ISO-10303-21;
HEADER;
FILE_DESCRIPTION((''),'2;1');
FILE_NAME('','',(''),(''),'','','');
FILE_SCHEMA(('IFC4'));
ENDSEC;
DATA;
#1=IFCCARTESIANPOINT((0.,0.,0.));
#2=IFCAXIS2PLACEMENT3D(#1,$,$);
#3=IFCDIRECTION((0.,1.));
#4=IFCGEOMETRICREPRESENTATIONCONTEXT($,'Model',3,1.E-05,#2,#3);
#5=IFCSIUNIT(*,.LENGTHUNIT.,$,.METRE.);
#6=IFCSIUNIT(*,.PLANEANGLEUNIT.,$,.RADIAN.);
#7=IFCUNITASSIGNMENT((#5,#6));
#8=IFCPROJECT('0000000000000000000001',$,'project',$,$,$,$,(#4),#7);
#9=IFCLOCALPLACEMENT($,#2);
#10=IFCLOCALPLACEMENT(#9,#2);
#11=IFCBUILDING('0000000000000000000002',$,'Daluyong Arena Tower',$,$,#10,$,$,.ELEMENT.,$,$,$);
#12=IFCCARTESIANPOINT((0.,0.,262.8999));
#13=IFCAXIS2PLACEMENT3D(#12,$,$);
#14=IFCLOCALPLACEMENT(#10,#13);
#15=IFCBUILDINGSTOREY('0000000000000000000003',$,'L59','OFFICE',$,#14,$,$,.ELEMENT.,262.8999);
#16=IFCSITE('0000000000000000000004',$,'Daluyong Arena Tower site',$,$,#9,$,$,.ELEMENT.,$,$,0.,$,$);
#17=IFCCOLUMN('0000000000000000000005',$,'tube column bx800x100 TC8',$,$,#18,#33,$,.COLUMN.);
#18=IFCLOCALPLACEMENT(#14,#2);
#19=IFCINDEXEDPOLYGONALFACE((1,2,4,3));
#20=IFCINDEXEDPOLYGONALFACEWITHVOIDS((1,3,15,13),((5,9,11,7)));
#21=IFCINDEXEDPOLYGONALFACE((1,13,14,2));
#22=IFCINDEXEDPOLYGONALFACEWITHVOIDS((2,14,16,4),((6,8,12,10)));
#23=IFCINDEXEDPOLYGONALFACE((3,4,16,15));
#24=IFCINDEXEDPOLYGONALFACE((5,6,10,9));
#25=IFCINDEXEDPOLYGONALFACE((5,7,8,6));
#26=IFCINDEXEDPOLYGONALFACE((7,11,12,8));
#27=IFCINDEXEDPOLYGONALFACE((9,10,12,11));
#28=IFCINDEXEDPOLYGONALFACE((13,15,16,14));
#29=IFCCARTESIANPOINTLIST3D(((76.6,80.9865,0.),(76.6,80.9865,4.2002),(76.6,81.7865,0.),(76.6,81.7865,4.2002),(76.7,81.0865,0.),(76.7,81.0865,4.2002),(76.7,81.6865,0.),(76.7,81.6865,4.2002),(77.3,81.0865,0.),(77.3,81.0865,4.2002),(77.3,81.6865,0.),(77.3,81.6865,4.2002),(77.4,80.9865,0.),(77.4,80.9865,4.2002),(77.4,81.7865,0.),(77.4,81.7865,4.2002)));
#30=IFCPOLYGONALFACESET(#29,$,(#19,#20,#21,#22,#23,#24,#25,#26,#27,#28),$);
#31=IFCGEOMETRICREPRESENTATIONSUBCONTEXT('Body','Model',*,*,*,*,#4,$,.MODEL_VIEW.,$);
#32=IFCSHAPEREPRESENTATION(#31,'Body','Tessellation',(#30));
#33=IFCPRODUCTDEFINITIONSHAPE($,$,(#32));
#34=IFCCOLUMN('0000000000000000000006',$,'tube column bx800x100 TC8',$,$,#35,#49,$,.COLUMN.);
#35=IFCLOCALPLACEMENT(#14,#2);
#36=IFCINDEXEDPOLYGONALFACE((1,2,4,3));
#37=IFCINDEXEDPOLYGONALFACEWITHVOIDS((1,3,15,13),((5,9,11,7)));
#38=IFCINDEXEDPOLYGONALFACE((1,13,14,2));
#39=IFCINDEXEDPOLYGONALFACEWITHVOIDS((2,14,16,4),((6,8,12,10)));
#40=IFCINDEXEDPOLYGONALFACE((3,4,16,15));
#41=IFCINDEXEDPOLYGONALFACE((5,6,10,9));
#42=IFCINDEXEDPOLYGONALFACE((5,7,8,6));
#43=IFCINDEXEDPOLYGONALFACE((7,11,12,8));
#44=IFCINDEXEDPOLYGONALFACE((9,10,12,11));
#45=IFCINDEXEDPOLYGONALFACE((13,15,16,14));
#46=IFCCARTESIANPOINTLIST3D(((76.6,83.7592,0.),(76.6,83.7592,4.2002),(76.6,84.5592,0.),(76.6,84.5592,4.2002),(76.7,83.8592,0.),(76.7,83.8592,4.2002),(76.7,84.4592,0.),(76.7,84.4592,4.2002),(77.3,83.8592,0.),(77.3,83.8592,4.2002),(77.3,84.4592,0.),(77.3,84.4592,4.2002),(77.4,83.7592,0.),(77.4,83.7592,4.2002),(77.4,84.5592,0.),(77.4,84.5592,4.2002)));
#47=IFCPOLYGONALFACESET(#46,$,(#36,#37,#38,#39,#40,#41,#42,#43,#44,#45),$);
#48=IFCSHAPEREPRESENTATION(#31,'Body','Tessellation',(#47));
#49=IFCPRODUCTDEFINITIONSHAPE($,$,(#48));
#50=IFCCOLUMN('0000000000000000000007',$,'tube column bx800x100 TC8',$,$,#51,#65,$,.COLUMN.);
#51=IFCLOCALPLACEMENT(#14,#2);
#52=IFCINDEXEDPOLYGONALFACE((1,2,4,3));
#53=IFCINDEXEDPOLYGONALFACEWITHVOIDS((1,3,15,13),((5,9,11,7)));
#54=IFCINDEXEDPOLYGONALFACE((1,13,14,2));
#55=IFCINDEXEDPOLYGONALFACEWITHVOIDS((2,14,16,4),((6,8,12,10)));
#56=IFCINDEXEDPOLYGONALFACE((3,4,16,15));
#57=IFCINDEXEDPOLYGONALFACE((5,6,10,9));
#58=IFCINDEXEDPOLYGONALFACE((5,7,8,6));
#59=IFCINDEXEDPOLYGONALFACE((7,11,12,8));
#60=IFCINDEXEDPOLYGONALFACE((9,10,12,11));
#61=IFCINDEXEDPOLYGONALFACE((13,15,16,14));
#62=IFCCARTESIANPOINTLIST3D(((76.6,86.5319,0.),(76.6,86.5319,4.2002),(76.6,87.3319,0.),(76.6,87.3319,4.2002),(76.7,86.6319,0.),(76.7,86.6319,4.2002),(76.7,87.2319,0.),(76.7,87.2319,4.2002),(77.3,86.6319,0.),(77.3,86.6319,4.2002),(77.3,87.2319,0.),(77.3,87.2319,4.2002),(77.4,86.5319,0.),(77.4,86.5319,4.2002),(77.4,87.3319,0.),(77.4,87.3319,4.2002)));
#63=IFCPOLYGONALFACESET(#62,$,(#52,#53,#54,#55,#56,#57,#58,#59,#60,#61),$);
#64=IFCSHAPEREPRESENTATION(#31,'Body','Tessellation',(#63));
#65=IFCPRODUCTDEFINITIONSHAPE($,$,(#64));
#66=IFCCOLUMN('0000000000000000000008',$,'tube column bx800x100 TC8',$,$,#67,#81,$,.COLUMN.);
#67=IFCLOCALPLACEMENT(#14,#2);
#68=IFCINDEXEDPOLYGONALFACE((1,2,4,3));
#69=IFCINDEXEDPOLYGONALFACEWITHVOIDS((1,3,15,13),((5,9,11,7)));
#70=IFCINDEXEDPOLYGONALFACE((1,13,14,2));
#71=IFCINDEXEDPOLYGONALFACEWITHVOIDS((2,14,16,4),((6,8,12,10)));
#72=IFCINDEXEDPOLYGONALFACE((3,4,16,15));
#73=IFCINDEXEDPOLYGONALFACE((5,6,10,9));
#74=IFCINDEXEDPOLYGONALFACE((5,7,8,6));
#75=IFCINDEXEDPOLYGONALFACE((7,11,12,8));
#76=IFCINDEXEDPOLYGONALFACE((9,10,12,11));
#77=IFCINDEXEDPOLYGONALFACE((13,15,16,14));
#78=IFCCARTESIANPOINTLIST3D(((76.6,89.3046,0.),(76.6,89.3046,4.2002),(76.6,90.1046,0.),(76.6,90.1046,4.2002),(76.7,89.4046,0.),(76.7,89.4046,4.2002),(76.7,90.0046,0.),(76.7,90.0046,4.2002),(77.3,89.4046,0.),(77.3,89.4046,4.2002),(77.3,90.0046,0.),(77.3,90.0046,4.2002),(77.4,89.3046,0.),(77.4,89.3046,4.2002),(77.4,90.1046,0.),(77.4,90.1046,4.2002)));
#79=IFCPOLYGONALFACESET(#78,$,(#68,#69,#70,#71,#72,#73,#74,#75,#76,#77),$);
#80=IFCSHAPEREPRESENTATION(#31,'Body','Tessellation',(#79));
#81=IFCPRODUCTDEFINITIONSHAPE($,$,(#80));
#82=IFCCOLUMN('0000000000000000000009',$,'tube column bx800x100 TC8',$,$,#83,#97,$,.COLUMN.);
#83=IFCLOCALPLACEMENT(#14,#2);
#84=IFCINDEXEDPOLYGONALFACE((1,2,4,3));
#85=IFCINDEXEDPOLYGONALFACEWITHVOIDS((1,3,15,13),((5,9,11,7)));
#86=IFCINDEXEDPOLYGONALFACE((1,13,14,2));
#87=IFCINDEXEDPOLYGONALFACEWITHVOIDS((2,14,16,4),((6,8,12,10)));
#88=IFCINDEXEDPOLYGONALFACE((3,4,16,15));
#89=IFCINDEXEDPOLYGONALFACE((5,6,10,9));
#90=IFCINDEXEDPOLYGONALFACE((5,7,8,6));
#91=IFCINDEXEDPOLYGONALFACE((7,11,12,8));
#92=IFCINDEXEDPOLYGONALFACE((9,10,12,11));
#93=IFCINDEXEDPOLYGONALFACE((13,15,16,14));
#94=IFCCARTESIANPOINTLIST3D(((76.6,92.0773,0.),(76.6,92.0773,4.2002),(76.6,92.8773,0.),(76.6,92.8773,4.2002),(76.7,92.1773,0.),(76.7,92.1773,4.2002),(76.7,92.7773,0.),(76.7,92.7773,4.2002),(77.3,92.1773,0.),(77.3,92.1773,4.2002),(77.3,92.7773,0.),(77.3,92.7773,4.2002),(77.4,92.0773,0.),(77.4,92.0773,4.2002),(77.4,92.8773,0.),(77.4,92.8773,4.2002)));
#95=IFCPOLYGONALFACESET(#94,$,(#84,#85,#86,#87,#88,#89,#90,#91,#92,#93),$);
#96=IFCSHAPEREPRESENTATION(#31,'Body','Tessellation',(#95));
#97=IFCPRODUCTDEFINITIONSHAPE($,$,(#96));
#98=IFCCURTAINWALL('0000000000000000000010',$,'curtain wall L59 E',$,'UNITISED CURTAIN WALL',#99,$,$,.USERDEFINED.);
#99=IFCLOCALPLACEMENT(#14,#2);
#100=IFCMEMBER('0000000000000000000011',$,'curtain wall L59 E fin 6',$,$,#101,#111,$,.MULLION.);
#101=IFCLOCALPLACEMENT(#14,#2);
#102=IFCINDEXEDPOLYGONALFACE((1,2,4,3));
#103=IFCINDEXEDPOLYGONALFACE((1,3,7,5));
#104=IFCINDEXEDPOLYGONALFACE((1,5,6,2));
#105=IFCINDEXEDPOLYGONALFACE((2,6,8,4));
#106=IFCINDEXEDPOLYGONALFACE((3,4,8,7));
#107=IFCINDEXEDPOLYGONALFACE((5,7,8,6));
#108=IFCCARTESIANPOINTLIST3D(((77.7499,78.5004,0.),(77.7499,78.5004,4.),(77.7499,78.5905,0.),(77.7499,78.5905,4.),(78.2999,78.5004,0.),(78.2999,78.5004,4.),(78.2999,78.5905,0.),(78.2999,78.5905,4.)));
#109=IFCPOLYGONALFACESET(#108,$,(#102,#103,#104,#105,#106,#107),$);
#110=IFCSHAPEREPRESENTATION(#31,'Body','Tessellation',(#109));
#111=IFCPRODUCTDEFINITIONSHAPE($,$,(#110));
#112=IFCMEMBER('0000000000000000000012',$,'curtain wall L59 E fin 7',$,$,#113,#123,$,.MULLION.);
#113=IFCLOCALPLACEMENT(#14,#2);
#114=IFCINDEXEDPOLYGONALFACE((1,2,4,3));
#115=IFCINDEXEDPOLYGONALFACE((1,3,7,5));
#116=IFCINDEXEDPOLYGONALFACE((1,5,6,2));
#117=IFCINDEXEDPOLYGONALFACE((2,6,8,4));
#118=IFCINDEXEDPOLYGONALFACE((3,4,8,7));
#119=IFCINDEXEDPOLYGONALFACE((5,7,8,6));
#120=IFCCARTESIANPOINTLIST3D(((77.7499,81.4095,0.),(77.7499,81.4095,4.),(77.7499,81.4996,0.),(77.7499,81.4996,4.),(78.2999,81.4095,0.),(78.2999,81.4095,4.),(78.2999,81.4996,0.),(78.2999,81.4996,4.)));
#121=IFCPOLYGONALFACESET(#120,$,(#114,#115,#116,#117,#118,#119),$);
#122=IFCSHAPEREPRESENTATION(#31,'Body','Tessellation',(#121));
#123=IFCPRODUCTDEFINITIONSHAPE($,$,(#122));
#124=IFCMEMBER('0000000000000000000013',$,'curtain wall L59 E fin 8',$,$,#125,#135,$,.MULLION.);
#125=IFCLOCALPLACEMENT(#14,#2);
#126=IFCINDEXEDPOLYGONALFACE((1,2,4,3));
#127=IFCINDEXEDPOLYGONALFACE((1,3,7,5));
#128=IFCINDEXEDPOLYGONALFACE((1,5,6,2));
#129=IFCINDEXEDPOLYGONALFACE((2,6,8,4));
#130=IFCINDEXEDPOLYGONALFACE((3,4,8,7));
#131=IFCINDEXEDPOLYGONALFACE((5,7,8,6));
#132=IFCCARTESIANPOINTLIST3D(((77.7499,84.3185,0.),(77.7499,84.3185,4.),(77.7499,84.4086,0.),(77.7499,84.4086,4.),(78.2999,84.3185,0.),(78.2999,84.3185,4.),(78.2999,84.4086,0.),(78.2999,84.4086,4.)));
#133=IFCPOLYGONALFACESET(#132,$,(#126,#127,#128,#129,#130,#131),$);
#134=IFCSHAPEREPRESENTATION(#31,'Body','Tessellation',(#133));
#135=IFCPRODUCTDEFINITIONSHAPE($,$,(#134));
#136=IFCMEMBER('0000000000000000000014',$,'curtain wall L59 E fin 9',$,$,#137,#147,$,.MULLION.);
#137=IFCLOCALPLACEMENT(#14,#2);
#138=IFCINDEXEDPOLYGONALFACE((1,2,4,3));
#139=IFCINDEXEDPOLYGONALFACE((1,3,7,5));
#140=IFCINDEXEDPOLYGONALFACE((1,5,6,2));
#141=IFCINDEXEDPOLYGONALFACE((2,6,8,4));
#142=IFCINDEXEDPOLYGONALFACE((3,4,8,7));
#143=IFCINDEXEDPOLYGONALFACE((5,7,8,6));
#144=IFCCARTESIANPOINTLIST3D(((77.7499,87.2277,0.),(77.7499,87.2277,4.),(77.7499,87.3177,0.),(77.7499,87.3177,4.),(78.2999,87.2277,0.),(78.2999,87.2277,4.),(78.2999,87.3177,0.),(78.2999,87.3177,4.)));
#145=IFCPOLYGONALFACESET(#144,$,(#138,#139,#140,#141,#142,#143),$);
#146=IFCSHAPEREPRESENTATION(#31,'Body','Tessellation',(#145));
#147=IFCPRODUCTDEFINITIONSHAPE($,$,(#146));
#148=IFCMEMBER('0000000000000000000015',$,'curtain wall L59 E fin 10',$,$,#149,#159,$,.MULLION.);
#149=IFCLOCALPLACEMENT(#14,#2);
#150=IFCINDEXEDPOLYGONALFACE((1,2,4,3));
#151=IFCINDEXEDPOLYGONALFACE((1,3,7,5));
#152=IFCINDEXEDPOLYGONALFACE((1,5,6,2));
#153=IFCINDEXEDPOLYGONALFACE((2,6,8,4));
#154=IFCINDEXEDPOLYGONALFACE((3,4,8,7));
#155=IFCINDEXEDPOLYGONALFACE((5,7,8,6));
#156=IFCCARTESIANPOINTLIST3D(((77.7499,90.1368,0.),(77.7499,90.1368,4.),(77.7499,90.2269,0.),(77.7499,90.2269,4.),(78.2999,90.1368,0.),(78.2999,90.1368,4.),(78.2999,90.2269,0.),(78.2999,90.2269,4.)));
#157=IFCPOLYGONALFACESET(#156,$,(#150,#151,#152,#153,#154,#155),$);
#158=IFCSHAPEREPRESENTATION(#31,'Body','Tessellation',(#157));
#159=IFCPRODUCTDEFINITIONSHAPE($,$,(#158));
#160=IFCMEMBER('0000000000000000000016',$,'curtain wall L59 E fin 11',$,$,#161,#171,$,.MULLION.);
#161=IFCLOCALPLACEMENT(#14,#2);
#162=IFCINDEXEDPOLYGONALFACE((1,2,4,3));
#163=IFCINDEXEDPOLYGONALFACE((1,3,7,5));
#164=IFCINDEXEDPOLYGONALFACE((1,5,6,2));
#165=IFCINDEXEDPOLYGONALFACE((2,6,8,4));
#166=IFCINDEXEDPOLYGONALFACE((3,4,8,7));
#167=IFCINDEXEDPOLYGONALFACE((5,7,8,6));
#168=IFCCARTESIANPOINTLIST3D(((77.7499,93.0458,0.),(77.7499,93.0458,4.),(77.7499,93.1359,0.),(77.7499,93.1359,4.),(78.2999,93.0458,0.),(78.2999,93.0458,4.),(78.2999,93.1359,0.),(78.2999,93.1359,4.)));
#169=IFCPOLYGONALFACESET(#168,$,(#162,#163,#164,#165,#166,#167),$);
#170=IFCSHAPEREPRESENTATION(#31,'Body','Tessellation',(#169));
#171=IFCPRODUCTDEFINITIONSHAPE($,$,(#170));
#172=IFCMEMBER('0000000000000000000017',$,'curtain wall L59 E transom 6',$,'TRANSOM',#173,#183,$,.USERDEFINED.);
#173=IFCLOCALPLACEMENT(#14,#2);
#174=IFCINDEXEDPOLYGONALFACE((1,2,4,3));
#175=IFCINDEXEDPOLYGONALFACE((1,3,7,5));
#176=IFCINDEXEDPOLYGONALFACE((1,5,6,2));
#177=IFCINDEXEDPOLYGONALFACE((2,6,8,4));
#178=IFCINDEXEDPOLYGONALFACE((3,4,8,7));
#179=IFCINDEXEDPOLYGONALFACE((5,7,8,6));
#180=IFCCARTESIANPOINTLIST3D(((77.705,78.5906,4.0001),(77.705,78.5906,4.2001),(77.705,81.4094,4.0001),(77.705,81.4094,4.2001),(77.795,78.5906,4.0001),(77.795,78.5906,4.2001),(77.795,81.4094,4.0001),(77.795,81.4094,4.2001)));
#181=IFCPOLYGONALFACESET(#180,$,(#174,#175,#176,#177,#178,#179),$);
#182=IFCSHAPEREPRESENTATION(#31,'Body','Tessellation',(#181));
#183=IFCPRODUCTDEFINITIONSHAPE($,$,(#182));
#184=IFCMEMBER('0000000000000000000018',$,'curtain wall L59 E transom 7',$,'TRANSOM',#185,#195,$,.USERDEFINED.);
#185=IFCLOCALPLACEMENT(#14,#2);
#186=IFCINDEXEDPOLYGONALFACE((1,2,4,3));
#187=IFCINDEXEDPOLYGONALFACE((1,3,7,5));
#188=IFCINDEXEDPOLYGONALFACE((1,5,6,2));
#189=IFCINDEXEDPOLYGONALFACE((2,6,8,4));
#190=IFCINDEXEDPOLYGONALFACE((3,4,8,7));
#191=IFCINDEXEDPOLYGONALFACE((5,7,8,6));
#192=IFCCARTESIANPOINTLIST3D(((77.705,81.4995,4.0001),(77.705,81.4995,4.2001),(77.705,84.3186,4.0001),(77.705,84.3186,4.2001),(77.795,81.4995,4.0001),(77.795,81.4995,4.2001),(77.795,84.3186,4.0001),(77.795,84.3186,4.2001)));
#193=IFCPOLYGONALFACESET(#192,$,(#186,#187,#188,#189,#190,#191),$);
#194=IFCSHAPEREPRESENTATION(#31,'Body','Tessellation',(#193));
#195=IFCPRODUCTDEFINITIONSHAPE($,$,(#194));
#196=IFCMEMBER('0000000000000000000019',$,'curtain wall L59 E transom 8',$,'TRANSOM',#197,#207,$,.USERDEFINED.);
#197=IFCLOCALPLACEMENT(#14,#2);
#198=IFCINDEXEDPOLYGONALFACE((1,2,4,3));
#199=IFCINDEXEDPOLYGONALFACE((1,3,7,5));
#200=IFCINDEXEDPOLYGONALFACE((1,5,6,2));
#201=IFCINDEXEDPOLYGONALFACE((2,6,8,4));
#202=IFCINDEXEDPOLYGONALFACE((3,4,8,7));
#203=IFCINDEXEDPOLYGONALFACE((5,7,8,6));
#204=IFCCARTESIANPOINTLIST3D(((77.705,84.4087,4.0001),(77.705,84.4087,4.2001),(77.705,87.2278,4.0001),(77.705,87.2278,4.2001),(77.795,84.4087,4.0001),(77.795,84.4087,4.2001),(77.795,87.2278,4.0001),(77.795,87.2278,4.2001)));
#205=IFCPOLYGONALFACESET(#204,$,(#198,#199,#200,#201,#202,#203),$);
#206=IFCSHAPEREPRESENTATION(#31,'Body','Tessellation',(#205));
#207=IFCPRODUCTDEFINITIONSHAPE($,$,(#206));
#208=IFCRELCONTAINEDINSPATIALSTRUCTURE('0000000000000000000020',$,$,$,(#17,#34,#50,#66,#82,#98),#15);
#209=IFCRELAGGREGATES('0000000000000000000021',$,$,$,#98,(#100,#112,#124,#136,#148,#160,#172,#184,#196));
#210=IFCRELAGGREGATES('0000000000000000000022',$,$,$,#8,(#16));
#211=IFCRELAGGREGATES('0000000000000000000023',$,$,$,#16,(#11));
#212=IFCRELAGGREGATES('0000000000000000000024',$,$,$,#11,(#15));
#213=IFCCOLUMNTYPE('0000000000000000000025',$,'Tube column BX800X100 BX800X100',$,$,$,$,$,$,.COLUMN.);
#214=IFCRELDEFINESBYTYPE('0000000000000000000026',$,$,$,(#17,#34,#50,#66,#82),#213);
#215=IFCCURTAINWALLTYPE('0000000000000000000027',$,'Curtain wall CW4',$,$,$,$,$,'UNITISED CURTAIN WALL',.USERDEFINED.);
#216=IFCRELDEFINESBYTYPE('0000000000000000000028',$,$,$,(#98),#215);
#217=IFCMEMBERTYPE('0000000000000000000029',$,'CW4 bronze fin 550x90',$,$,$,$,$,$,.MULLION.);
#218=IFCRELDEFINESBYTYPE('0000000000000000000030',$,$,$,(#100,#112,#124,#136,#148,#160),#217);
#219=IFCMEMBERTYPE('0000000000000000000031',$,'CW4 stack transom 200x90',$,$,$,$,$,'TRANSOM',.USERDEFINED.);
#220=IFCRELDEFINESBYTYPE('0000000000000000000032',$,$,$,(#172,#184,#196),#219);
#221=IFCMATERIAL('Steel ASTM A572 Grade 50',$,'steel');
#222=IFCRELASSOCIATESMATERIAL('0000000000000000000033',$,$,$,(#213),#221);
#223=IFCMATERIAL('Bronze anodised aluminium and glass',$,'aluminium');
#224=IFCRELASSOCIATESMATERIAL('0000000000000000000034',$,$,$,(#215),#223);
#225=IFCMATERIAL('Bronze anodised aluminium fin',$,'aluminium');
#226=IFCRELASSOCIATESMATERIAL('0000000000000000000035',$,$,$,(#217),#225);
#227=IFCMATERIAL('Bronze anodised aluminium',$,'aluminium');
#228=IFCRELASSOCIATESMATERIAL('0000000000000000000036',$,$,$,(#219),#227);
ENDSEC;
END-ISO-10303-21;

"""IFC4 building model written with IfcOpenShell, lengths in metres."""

from ifc_helpers import new_model, si_unit, direction, frame, origin, origin_2d, place, context, subcontext, project, spatial, rectangle, hollow_rectangle, extrude, material, material_profile, profile_set, type_object, element, aggregate, save


model = new_model("IFC4")

# Units and contexts
model_context = context("Model", 3, precision=1e-05, world=origin(), true_north=direction((0.0, 1.0)))
body_context = subcontext(model_context, "Body", "Model", "MODEL_VIEW")
ifc_project = project(units=[si_unit("LENGTHUNIT", "METRE"), si_unit("PLANEANGLEUNIT", "RADIAN")], contexts=[model_context])

# Site, building, storey
site_placement = place(None, origin())
site = spatial("IfcSite", under=ifc_project, at=site_placement, Name="Daluyong Arena Tower site", CompositionType="ELEMENT", RefElevation=0.0)
building_placement = place(site_placement, origin())
building = spatial("IfcBuilding", under=site, at=building_placement, Name="Daluyong Arena Tower", CompositionType="ELEMENT")
storey_placement = place(building_placement, frame((0.0, 0.0, 262.8999)))
storey = spatial("IfcBuildingStorey", under=building, at=storey_placement, Name="L59", Description="OFFICE", CompositionType="ELEMENT", Elevation=262.8999)

# Columns
ifc_material_1 = material(Name="Steel ASTM A572 Grade 50", Category="steel")
ifc_material_profile_1 = material_profile(ifc_material_1, hollow_rectangle(XDim=0.8, YDim=0.8, WallThickness=0.1, at=origin_2d()))
ifc_profile_set_1 = profile_set([ifc_material_profile_1], Name="Steel ASTM A572 Grade 50")
column_type = type_object("IfcColumnType", Name="Tube column BX800X100 BX800X100", PredefinedType="COLUMN", material=ifc_profile_set_1)
for number, where, z_axis, x_axis, name in (
    (1, (77.0, 81.3865, 0.0), (0.0, 0.0, 1.0), (0.0, 1.0, 0.0), "tube column bx800x100 TC8"),
    (2, (77.0, 84.1592, 0.0), (0.0, 0.0, 1.0), (0.0, 1.0, 0.0), "tube column bx800x100 TC8"),
    (3, (77.0, 86.9319, 0.0), (0.0, 0.0, 1.0), (0.0, 1.0, 0.0), "tube column bx800x100 TC8"),
    (4, (77.0, 89.7046, 0.0), (0.0, 0.0, 1.0), (0.0, 1.0, 0.0), "tube column bx800x100 TC8"),
    (5, (77.0, 92.4773, 0.0), (0.0, 0.0, 1.0), (0.0, 1.0, 0.0), "tube column bx800x100 TC8"),
):
    element("IfcColumn", number, at=place(storey_placement, frame(where, z_axis=z_axis, x_axis=x_axis)), inside=storey, type_object=column_type, Name=name, PredefinedType="COLUMN", context=body_context, shape_type="SweptSolid", body=[
        extrude(hollow_rectangle(XDim=0.8, YDim=0.8, WallThickness=0.1, at=origin_2d()), origin(), (0.0, 0.0, 1.0), 4.2002),
    ])

# Curtain wall, members
ifc_material_2 = material(Name="Bronze anodised aluminium and glass", Category="aluminium")
curtain_wall_type = type_object("IfcCurtainWallType", Name="Curtain wall CW4", ElementType="UNITISED CURTAIN WALL", PredefinedType="USERDEFINED", material=ifc_material_2)
curtain_wall_placement = place(storey_placement, origin())
curtain_wall = element("IfcCurtainWall", 6, at=curtain_wall_placement, inside=storey, type_object=curtain_wall_type, Name="curtain wall L59 E", ObjectType="UNITISED CURTAIN WALL", PredefinedType="USERDEFINED")
ifc_material_3 = material(Name="Bronze anodised aluminium fin", Category="aluminium")
ifc_material_profile_2 = material_profile(ifc_material_3, rectangle(XDim=0.55, YDim=0.0901, at=origin_2d()))
ifc_profile_set_2 = profile_set([ifc_material_profile_2], Name="Bronze anodised aluminium fin")
member_type_1 = type_object("IfcMemberType", Name="CW4 bronze fin 550x90", PredefinedType="MULLION", material=ifc_profile_set_2)
member_1_placement = place(storey_placement, frame((78.0249, 78.5454, 0.0), z_axis=(0.0, 0.0, 1.0), x_axis=(-1.0, 0.0, 0.0)))
member_1 = element("IfcMember", 7, at=member_1_placement, type_object=member_type_1, Name="curtain wall L59 E fin 6", PredefinedType="MULLION", context=body_context, shape_type="SweptSolid", body=[
    extrude(rectangle(XDim=0.55, YDim=0.0901, at=origin_2d()), origin(), (0.0, 0.0, 1.0), 4.0),
])
member_2_placement = place(storey_placement, frame((78.0249, 81.4546, 0.0), z_axis=(0.0, 0.0, 1.0), x_axis=(-1.0, 0.0, 0.0)))
member_2 = element("IfcMember", 8, at=member_2_placement, type_object=member_type_1, Name="curtain wall L59 E fin 7", PredefinedType="MULLION", context=body_context, shape_type="SweptSolid", body=[
    extrude(rectangle(XDim=0.55, YDim=0.0901, at=origin_2d()), origin(), (0.0, 0.0, 1.0), 4.0),
])
member_3_placement = place(storey_placement, frame((78.0249, 84.3635, 0.0), z_axis=(0.0, 0.0, 1.0), x_axis=(-1.0, 0.0, 0.0)))
member_3 = element("IfcMember", 9, at=member_3_placement, type_object=member_type_1, Name="curtain wall L59 E fin 8", PredefinedType="MULLION", context=body_context, shape_type="SweptSolid", body=[
    extrude(rectangle(XDim=0.55, YDim=0.0901, at=origin_2d()), origin(), (0.0, 0.0, 1.0), 4.0),
])
member_4_placement = place(storey_placement, frame((78.0249, 87.2727, 0.0), z_axis=(0.0, 0.0, 1.0), x_axis=(-1.0, 0.0, 0.0)))
member_4 = element("IfcMember", 10, at=member_4_placement, type_object=member_type_1, Name="curtain wall L59 E fin 9", PredefinedType="MULLION", context=body_context, shape_type="SweptSolid", body=[
    extrude(rectangle(XDim=0.55, YDim=0.0901, at=origin_2d()), origin(), (0.0, 0.0, 1.0), 4.0),
])
member_5_placement = place(storey_placement, frame((78.0249, 90.1819, 0.0), z_axis=(0.0, 0.0, 1.0), x_axis=(-1.0, 0.0, 0.0)))
member_5 = element("IfcMember", 11, at=member_5_placement, type_object=member_type_1, Name="curtain wall L59 E fin 10", PredefinedType="MULLION", context=body_context, shape_type="SweptSolid", body=[
    extrude(rectangle(XDim=0.55, YDim=0.0901, at=origin_2d()), origin(), (0.0, 0.0, 1.0), 4.0),
])
member_6_placement = place(storey_placement, frame((78.0249, 93.0908, 0.0), z_axis=(0.0, 0.0, 1.0), x_axis=(-1.0, 0.0, 0.0)))
member_6 = element("IfcMember", 12, at=member_6_placement, type_object=member_type_1, Name="curtain wall L59 E fin 11", PredefinedType="MULLION", context=body_context, shape_type="SweptSolid", body=[
    extrude(rectangle(XDim=0.55, YDim=0.0901, at=origin_2d()), origin(), (0.0, 0.0, 1.0), 4.0),
])
ifc_material_4 = material(Name="Bronze anodised aluminium", Category="aluminium")
ifc_material_profile_3 = material_profile(ifc_material_4, rectangle(XDim=0.0901, YDim=0.2, at=origin_2d()))
ifc_profile_set_3 = profile_set([ifc_material_profile_3], Name="Bronze anodised aluminium")
member_type_2 = type_object("IfcMemberType", Name="CW4 stack transom 200x90", ElementType="TRANSOM", PredefinedType="USERDEFINED", material=ifc_profile_set_3)
member_7_placement = place(storey_placement, frame((77.75, 78.5906, 4.1001), z_axis=(0.0, 1.0, 0.0), x_axis=(-1.0, 0.0, 0.0)))
member_7 = element("IfcMember", 13, at=member_7_placement, type_object=member_type_2, Name="curtain wall L59 E transom 6", ObjectType="TRANSOM", PredefinedType="USERDEFINED", context=body_context, shape_type="SweptSolid", body=[
    extrude(rectangle(XDim=0.0901, YDim=0.2, at=origin_2d()), origin(), (0.0, 0.0, 1.0), 2.8188),
])
member_8_placement = place(storey_placement, frame((77.75, 81.4995, 4.1001), z_axis=(0.0, 1.0, 0.0), x_axis=(-1.0, 0.0, 0.0)))
member_8 = element("IfcMember", 14, at=member_8_placement, type_object=member_type_2, Name="curtain wall L59 E transom 7", ObjectType="TRANSOM", PredefinedType="USERDEFINED", context=body_context, shape_type="SweptSolid", body=[
    extrude(rectangle(XDim=0.0901, YDim=0.2, at=origin_2d()), origin(), (0.0, 0.0, 1.0), 2.8191),
])
member_9_placement = place(storey_placement, frame((77.75, 84.4087, 4.1001), z_axis=(0.0, 1.0, 0.0), x_axis=(-1.0, 0.0, 0.0)))
member_9 = element("IfcMember", 15, at=member_9_placement, type_object=member_type_2, Name="curtain wall L59 E transom 8", ObjectType="TRANSOM", PredefinedType="USERDEFINED", context=body_context, shape_type="SweptSolid", body=[
    extrude(rectangle(XDim=0.0901, YDim=0.2, at=origin_2d()), origin(), (0.0, 0.0, 1.0), 2.8191),
])

aggregate(curtain_wall, [member_1, member_2, member_3, member_4, member_5, member_6, member_7, member_8, member_9])

save(model, "model.ifc")
